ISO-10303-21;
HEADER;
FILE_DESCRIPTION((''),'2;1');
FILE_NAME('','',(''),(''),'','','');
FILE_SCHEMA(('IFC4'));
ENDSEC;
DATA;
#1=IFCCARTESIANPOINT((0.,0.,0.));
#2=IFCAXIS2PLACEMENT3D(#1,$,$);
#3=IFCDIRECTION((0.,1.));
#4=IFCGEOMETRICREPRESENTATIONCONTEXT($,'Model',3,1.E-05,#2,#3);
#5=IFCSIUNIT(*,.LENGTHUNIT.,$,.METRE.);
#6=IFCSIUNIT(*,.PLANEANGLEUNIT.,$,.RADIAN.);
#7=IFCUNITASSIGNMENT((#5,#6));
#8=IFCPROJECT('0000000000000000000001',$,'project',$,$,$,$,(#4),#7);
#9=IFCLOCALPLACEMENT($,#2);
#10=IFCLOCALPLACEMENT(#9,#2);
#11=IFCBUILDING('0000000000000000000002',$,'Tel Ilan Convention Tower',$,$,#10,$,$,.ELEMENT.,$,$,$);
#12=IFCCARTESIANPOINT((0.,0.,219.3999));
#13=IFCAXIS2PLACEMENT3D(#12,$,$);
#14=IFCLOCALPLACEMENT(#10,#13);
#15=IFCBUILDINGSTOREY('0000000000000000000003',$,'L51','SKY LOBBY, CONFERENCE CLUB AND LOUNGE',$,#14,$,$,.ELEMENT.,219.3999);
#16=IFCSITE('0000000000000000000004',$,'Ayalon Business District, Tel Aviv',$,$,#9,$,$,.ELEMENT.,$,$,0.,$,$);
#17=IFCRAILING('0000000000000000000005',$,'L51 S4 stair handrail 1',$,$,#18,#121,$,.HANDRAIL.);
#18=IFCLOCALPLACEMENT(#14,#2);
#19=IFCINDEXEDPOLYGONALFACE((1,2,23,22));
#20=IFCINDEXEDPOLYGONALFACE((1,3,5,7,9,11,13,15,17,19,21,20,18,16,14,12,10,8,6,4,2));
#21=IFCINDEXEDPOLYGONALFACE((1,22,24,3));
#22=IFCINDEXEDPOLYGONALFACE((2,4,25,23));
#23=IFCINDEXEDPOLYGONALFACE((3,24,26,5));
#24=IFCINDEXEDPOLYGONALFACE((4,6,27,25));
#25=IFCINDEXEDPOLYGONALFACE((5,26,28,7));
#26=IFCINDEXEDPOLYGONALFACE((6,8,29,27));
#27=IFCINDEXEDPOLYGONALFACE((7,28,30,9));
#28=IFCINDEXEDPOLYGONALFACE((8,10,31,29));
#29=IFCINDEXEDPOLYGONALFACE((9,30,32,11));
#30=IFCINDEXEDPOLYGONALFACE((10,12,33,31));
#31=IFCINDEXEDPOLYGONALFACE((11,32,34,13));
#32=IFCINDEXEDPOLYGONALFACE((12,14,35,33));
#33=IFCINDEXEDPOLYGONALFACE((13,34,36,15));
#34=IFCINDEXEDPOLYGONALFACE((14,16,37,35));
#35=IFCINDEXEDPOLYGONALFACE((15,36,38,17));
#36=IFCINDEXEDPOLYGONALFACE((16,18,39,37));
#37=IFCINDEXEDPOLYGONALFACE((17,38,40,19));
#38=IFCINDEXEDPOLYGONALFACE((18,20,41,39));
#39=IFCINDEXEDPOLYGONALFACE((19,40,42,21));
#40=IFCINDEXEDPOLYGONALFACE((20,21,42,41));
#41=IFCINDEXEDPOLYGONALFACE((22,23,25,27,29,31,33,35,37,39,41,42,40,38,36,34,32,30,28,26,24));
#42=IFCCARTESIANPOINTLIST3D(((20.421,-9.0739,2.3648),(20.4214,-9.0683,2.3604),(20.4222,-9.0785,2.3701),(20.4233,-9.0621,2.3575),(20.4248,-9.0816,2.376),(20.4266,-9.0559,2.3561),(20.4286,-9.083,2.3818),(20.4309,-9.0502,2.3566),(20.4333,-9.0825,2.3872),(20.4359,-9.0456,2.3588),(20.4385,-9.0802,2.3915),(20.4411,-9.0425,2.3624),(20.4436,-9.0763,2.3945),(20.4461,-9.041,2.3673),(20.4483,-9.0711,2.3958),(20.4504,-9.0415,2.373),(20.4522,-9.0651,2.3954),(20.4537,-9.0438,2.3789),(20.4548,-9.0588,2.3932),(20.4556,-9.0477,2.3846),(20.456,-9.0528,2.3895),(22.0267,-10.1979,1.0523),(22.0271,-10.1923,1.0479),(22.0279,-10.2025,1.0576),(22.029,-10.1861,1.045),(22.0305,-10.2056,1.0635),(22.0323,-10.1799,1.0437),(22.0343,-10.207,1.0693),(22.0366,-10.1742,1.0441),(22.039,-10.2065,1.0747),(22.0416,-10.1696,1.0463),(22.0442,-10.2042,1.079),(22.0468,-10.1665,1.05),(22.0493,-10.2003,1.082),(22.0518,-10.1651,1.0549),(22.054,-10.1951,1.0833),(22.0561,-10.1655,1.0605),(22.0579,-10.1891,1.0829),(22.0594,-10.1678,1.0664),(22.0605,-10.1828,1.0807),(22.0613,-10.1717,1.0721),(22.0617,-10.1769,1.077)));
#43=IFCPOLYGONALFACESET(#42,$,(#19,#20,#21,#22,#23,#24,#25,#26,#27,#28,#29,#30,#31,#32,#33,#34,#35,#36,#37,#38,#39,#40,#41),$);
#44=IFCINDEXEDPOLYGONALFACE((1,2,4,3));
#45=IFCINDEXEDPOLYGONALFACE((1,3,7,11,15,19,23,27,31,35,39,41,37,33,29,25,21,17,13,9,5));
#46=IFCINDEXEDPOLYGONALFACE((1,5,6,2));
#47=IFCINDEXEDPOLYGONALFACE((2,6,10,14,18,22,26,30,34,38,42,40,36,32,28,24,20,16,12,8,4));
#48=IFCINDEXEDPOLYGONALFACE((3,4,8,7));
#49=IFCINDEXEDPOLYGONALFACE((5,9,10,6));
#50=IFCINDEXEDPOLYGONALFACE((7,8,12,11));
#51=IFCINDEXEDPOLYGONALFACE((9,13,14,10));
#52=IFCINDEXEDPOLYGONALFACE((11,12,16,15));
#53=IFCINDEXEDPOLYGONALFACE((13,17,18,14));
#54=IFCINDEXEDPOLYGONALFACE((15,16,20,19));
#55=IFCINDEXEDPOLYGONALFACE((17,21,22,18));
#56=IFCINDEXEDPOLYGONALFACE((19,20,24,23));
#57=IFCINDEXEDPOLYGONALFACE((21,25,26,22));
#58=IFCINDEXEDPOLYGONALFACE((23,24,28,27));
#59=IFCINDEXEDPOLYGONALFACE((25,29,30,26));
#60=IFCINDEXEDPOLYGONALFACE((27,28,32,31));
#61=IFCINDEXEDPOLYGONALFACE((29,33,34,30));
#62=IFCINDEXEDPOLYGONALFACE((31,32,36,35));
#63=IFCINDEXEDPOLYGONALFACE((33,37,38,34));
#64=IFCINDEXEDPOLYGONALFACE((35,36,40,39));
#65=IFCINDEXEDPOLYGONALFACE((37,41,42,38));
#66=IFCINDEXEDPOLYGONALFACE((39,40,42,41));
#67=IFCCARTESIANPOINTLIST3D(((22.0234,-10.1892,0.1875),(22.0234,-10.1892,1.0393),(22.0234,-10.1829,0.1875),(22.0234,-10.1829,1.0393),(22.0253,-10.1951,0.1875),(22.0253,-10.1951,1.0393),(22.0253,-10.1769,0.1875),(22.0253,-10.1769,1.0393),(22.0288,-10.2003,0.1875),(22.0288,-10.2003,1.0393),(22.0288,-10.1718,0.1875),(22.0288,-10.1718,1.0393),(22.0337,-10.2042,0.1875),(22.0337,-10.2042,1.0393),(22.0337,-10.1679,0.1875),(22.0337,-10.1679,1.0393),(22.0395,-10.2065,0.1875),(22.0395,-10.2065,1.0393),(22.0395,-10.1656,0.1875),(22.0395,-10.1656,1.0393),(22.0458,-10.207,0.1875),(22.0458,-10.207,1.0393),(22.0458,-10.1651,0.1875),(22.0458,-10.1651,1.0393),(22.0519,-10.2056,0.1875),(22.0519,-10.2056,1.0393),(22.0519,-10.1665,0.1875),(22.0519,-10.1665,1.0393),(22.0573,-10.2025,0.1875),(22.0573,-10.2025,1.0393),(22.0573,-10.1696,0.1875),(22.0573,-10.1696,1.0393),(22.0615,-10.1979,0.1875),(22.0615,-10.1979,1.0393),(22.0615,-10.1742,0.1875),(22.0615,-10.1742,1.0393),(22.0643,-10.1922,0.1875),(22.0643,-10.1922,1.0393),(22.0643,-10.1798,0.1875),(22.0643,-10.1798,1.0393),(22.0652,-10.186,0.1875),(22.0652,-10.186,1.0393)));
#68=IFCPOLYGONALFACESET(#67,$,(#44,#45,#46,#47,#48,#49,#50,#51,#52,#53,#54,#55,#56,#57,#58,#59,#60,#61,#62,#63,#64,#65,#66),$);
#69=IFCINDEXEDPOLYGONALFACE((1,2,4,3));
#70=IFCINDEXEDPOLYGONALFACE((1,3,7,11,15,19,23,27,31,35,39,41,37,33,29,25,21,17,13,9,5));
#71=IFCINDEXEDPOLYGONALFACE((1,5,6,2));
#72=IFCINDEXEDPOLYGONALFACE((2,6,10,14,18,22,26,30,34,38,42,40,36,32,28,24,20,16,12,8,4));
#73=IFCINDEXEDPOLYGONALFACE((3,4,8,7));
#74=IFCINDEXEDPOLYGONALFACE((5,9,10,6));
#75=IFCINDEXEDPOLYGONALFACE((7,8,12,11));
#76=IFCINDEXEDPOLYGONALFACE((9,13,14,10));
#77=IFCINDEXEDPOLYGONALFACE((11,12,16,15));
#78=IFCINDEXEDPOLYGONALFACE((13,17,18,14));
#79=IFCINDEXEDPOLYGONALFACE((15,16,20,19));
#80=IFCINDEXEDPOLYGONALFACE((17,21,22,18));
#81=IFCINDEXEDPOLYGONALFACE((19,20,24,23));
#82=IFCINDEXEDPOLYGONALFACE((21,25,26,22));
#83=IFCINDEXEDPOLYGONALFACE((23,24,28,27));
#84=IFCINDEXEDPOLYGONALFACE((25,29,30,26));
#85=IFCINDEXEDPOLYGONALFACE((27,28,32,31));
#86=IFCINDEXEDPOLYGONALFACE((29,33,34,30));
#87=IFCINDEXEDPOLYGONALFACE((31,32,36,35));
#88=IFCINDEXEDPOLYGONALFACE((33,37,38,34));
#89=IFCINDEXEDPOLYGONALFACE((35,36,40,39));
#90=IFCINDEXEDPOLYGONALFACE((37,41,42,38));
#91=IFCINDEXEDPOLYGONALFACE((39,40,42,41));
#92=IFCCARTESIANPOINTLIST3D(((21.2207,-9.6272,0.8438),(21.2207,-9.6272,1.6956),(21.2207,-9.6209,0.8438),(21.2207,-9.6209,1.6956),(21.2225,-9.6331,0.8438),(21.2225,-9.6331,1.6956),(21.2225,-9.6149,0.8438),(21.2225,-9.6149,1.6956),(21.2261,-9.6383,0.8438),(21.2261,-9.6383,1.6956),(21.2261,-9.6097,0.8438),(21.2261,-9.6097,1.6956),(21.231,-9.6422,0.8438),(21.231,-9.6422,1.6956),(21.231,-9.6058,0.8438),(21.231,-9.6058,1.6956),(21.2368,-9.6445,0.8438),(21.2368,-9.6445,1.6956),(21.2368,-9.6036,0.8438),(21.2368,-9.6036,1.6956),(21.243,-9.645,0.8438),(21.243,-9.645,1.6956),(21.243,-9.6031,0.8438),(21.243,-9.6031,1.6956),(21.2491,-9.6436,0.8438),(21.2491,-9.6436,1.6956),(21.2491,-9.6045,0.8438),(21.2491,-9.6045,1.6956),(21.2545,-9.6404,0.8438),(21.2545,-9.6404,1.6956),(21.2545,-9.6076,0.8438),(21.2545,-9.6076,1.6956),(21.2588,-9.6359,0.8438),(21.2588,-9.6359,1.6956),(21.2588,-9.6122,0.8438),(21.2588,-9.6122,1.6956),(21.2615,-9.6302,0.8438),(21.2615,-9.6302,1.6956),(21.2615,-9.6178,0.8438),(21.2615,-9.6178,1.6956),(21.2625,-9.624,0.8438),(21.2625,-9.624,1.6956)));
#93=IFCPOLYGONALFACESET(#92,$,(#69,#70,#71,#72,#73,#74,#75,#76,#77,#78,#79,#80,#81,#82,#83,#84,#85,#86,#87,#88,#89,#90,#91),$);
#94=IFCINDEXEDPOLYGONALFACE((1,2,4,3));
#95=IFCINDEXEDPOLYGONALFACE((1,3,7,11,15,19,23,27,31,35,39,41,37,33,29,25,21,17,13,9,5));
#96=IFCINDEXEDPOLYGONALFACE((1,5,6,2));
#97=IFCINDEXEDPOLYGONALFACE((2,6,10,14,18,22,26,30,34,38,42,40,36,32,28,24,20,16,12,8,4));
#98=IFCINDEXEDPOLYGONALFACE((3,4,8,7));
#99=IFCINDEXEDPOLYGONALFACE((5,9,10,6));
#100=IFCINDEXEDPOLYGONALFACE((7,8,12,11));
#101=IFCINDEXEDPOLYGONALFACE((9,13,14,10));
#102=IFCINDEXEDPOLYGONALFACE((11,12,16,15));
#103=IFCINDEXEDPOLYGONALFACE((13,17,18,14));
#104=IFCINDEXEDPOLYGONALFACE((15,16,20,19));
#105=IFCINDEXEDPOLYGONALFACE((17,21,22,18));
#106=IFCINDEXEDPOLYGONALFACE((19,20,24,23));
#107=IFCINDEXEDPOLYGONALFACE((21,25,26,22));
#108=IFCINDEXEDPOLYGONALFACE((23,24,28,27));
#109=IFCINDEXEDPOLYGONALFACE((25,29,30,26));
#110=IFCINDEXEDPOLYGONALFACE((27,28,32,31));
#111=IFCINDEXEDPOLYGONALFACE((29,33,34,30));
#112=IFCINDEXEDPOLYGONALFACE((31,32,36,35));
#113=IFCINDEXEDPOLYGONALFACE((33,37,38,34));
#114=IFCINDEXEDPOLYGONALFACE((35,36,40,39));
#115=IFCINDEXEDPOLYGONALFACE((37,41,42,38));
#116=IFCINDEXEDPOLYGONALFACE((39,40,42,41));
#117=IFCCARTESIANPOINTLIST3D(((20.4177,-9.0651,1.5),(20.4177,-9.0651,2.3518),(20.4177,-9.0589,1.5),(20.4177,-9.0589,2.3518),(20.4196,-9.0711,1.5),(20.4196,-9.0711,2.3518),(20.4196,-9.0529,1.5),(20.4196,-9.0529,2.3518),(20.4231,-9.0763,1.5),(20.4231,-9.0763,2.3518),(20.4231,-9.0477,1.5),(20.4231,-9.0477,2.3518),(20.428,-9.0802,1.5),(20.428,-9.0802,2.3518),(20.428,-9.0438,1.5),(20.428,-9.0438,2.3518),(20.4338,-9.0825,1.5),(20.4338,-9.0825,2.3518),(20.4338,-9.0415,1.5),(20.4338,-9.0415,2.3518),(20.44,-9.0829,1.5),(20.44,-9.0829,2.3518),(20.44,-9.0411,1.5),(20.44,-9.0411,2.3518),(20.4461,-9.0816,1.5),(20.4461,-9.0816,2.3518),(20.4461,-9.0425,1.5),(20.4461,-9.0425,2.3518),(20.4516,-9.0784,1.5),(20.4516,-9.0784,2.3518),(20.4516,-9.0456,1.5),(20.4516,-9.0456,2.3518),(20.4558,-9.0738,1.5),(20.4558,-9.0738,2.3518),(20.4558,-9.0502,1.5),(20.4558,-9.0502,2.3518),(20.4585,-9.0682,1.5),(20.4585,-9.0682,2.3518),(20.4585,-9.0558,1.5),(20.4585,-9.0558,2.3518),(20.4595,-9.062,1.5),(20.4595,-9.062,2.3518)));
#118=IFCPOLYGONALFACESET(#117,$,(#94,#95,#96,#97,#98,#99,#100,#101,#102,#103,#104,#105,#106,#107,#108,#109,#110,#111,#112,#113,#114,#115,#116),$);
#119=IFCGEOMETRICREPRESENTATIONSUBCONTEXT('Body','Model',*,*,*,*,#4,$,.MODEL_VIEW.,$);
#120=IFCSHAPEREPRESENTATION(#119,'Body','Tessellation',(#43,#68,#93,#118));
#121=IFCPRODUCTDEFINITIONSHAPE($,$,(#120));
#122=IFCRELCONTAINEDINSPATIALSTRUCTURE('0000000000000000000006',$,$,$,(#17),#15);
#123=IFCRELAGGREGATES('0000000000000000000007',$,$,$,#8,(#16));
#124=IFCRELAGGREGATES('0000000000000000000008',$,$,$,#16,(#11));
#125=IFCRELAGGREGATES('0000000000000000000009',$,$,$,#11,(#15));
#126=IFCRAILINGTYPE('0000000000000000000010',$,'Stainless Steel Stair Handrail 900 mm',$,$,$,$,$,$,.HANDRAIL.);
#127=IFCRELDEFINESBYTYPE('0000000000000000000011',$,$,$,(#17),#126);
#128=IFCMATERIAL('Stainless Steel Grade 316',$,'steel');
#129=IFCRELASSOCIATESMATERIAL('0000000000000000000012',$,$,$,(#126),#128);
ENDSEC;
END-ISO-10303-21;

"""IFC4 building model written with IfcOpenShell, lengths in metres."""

from ifc_helpers import new_model, si_unit, direction, frame, origin, origin_2d, place, context, subcontext, project, spatial, circle, extrude, material, type_object, element, save


model = new_model("IFC4")

# Units and contexts
model_context = context("Model", 3, precision=1e-05, world=origin(), true_north=direction((0.0, 1.0)))
body_context = subcontext(model_context, "Body", "Model", "MODEL_VIEW")
ifc_project = project(units=[si_unit("LENGTHUNIT", "METRE"), si_unit("PLANEANGLEUNIT", "RADIAN")], contexts=[model_context])

# Site, building, storey
site_placement = place(None, origin())
site = spatial("IfcSite", under=ifc_project, at=site_placement, Name="Ayalon Business District, Tel Aviv", CompositionType="ELEMENT", RefElevation=0.0)
building_placement = place(site_placement, origin())
building = spatial("IfcBuilding", under=site, at=building_placement, Name="Tel Ilan Convention Tower", CompositionType="ELEMENT")
storey_placement = place(building_placement, frame((0.0, 0.0, 219.3999)))
storey = spatial("IfcBuildingStorey", under=building, at=storey_placement, Name="L51", Description="SKY LOBBY, CONFERENCE CLUB AND LOUNGE", CompositionType="ELEMENT", Elevation=219.3999)

# Railing
ifc_material_1 = material(Name="Stainless Steel Grade 316", Category="steel")
railing_type_1 = type_object("IfcRailingType", Name="Stainless Steel Stair Handrail 900 mm", PredefinedType="HANDRAIL", material=ifc_material_1)
railing_1_placement = place(storey_placement, frame((22.0442, -10.186, 0.1875)))
element("IfcRailing", 1, at=railing_1_placement, inside=storey, type_object=railing_type_1, Name="L51 S4 stair handrail 1", PredefinedType="HANDRAIL", context=body_context, shape_type="SweptSolid", body=[
    extrude(circle(Radius=0.0239, at=origin_2d()), frame((0.0, 0.0, 0.876), z_axis=(-0.680705, 0.476504, 0.556404), x_axis=(-0.573471, -0.819226, 0.0)), (0.0, 0.0, 1.0), 2.3589),
    extrude(circle(Radius=0.021, at=origin_2d()), origin(), (0.0, 0.0, 1.0), 0.8518),
    extrude(circle(Radius=0.021, at=origin_2d()), frame((-0.8027, 0.562, 0.6562)), (0.0, 0.0, 1.0), 0.8518),
    extrude(circle(Radius=0.021, at=origin_2d()), frame((-1.6057, 1.124, 1.3125)), (0.0, 0.0, 1.0), 0.8518),
])

save(model, "model.ifc")
